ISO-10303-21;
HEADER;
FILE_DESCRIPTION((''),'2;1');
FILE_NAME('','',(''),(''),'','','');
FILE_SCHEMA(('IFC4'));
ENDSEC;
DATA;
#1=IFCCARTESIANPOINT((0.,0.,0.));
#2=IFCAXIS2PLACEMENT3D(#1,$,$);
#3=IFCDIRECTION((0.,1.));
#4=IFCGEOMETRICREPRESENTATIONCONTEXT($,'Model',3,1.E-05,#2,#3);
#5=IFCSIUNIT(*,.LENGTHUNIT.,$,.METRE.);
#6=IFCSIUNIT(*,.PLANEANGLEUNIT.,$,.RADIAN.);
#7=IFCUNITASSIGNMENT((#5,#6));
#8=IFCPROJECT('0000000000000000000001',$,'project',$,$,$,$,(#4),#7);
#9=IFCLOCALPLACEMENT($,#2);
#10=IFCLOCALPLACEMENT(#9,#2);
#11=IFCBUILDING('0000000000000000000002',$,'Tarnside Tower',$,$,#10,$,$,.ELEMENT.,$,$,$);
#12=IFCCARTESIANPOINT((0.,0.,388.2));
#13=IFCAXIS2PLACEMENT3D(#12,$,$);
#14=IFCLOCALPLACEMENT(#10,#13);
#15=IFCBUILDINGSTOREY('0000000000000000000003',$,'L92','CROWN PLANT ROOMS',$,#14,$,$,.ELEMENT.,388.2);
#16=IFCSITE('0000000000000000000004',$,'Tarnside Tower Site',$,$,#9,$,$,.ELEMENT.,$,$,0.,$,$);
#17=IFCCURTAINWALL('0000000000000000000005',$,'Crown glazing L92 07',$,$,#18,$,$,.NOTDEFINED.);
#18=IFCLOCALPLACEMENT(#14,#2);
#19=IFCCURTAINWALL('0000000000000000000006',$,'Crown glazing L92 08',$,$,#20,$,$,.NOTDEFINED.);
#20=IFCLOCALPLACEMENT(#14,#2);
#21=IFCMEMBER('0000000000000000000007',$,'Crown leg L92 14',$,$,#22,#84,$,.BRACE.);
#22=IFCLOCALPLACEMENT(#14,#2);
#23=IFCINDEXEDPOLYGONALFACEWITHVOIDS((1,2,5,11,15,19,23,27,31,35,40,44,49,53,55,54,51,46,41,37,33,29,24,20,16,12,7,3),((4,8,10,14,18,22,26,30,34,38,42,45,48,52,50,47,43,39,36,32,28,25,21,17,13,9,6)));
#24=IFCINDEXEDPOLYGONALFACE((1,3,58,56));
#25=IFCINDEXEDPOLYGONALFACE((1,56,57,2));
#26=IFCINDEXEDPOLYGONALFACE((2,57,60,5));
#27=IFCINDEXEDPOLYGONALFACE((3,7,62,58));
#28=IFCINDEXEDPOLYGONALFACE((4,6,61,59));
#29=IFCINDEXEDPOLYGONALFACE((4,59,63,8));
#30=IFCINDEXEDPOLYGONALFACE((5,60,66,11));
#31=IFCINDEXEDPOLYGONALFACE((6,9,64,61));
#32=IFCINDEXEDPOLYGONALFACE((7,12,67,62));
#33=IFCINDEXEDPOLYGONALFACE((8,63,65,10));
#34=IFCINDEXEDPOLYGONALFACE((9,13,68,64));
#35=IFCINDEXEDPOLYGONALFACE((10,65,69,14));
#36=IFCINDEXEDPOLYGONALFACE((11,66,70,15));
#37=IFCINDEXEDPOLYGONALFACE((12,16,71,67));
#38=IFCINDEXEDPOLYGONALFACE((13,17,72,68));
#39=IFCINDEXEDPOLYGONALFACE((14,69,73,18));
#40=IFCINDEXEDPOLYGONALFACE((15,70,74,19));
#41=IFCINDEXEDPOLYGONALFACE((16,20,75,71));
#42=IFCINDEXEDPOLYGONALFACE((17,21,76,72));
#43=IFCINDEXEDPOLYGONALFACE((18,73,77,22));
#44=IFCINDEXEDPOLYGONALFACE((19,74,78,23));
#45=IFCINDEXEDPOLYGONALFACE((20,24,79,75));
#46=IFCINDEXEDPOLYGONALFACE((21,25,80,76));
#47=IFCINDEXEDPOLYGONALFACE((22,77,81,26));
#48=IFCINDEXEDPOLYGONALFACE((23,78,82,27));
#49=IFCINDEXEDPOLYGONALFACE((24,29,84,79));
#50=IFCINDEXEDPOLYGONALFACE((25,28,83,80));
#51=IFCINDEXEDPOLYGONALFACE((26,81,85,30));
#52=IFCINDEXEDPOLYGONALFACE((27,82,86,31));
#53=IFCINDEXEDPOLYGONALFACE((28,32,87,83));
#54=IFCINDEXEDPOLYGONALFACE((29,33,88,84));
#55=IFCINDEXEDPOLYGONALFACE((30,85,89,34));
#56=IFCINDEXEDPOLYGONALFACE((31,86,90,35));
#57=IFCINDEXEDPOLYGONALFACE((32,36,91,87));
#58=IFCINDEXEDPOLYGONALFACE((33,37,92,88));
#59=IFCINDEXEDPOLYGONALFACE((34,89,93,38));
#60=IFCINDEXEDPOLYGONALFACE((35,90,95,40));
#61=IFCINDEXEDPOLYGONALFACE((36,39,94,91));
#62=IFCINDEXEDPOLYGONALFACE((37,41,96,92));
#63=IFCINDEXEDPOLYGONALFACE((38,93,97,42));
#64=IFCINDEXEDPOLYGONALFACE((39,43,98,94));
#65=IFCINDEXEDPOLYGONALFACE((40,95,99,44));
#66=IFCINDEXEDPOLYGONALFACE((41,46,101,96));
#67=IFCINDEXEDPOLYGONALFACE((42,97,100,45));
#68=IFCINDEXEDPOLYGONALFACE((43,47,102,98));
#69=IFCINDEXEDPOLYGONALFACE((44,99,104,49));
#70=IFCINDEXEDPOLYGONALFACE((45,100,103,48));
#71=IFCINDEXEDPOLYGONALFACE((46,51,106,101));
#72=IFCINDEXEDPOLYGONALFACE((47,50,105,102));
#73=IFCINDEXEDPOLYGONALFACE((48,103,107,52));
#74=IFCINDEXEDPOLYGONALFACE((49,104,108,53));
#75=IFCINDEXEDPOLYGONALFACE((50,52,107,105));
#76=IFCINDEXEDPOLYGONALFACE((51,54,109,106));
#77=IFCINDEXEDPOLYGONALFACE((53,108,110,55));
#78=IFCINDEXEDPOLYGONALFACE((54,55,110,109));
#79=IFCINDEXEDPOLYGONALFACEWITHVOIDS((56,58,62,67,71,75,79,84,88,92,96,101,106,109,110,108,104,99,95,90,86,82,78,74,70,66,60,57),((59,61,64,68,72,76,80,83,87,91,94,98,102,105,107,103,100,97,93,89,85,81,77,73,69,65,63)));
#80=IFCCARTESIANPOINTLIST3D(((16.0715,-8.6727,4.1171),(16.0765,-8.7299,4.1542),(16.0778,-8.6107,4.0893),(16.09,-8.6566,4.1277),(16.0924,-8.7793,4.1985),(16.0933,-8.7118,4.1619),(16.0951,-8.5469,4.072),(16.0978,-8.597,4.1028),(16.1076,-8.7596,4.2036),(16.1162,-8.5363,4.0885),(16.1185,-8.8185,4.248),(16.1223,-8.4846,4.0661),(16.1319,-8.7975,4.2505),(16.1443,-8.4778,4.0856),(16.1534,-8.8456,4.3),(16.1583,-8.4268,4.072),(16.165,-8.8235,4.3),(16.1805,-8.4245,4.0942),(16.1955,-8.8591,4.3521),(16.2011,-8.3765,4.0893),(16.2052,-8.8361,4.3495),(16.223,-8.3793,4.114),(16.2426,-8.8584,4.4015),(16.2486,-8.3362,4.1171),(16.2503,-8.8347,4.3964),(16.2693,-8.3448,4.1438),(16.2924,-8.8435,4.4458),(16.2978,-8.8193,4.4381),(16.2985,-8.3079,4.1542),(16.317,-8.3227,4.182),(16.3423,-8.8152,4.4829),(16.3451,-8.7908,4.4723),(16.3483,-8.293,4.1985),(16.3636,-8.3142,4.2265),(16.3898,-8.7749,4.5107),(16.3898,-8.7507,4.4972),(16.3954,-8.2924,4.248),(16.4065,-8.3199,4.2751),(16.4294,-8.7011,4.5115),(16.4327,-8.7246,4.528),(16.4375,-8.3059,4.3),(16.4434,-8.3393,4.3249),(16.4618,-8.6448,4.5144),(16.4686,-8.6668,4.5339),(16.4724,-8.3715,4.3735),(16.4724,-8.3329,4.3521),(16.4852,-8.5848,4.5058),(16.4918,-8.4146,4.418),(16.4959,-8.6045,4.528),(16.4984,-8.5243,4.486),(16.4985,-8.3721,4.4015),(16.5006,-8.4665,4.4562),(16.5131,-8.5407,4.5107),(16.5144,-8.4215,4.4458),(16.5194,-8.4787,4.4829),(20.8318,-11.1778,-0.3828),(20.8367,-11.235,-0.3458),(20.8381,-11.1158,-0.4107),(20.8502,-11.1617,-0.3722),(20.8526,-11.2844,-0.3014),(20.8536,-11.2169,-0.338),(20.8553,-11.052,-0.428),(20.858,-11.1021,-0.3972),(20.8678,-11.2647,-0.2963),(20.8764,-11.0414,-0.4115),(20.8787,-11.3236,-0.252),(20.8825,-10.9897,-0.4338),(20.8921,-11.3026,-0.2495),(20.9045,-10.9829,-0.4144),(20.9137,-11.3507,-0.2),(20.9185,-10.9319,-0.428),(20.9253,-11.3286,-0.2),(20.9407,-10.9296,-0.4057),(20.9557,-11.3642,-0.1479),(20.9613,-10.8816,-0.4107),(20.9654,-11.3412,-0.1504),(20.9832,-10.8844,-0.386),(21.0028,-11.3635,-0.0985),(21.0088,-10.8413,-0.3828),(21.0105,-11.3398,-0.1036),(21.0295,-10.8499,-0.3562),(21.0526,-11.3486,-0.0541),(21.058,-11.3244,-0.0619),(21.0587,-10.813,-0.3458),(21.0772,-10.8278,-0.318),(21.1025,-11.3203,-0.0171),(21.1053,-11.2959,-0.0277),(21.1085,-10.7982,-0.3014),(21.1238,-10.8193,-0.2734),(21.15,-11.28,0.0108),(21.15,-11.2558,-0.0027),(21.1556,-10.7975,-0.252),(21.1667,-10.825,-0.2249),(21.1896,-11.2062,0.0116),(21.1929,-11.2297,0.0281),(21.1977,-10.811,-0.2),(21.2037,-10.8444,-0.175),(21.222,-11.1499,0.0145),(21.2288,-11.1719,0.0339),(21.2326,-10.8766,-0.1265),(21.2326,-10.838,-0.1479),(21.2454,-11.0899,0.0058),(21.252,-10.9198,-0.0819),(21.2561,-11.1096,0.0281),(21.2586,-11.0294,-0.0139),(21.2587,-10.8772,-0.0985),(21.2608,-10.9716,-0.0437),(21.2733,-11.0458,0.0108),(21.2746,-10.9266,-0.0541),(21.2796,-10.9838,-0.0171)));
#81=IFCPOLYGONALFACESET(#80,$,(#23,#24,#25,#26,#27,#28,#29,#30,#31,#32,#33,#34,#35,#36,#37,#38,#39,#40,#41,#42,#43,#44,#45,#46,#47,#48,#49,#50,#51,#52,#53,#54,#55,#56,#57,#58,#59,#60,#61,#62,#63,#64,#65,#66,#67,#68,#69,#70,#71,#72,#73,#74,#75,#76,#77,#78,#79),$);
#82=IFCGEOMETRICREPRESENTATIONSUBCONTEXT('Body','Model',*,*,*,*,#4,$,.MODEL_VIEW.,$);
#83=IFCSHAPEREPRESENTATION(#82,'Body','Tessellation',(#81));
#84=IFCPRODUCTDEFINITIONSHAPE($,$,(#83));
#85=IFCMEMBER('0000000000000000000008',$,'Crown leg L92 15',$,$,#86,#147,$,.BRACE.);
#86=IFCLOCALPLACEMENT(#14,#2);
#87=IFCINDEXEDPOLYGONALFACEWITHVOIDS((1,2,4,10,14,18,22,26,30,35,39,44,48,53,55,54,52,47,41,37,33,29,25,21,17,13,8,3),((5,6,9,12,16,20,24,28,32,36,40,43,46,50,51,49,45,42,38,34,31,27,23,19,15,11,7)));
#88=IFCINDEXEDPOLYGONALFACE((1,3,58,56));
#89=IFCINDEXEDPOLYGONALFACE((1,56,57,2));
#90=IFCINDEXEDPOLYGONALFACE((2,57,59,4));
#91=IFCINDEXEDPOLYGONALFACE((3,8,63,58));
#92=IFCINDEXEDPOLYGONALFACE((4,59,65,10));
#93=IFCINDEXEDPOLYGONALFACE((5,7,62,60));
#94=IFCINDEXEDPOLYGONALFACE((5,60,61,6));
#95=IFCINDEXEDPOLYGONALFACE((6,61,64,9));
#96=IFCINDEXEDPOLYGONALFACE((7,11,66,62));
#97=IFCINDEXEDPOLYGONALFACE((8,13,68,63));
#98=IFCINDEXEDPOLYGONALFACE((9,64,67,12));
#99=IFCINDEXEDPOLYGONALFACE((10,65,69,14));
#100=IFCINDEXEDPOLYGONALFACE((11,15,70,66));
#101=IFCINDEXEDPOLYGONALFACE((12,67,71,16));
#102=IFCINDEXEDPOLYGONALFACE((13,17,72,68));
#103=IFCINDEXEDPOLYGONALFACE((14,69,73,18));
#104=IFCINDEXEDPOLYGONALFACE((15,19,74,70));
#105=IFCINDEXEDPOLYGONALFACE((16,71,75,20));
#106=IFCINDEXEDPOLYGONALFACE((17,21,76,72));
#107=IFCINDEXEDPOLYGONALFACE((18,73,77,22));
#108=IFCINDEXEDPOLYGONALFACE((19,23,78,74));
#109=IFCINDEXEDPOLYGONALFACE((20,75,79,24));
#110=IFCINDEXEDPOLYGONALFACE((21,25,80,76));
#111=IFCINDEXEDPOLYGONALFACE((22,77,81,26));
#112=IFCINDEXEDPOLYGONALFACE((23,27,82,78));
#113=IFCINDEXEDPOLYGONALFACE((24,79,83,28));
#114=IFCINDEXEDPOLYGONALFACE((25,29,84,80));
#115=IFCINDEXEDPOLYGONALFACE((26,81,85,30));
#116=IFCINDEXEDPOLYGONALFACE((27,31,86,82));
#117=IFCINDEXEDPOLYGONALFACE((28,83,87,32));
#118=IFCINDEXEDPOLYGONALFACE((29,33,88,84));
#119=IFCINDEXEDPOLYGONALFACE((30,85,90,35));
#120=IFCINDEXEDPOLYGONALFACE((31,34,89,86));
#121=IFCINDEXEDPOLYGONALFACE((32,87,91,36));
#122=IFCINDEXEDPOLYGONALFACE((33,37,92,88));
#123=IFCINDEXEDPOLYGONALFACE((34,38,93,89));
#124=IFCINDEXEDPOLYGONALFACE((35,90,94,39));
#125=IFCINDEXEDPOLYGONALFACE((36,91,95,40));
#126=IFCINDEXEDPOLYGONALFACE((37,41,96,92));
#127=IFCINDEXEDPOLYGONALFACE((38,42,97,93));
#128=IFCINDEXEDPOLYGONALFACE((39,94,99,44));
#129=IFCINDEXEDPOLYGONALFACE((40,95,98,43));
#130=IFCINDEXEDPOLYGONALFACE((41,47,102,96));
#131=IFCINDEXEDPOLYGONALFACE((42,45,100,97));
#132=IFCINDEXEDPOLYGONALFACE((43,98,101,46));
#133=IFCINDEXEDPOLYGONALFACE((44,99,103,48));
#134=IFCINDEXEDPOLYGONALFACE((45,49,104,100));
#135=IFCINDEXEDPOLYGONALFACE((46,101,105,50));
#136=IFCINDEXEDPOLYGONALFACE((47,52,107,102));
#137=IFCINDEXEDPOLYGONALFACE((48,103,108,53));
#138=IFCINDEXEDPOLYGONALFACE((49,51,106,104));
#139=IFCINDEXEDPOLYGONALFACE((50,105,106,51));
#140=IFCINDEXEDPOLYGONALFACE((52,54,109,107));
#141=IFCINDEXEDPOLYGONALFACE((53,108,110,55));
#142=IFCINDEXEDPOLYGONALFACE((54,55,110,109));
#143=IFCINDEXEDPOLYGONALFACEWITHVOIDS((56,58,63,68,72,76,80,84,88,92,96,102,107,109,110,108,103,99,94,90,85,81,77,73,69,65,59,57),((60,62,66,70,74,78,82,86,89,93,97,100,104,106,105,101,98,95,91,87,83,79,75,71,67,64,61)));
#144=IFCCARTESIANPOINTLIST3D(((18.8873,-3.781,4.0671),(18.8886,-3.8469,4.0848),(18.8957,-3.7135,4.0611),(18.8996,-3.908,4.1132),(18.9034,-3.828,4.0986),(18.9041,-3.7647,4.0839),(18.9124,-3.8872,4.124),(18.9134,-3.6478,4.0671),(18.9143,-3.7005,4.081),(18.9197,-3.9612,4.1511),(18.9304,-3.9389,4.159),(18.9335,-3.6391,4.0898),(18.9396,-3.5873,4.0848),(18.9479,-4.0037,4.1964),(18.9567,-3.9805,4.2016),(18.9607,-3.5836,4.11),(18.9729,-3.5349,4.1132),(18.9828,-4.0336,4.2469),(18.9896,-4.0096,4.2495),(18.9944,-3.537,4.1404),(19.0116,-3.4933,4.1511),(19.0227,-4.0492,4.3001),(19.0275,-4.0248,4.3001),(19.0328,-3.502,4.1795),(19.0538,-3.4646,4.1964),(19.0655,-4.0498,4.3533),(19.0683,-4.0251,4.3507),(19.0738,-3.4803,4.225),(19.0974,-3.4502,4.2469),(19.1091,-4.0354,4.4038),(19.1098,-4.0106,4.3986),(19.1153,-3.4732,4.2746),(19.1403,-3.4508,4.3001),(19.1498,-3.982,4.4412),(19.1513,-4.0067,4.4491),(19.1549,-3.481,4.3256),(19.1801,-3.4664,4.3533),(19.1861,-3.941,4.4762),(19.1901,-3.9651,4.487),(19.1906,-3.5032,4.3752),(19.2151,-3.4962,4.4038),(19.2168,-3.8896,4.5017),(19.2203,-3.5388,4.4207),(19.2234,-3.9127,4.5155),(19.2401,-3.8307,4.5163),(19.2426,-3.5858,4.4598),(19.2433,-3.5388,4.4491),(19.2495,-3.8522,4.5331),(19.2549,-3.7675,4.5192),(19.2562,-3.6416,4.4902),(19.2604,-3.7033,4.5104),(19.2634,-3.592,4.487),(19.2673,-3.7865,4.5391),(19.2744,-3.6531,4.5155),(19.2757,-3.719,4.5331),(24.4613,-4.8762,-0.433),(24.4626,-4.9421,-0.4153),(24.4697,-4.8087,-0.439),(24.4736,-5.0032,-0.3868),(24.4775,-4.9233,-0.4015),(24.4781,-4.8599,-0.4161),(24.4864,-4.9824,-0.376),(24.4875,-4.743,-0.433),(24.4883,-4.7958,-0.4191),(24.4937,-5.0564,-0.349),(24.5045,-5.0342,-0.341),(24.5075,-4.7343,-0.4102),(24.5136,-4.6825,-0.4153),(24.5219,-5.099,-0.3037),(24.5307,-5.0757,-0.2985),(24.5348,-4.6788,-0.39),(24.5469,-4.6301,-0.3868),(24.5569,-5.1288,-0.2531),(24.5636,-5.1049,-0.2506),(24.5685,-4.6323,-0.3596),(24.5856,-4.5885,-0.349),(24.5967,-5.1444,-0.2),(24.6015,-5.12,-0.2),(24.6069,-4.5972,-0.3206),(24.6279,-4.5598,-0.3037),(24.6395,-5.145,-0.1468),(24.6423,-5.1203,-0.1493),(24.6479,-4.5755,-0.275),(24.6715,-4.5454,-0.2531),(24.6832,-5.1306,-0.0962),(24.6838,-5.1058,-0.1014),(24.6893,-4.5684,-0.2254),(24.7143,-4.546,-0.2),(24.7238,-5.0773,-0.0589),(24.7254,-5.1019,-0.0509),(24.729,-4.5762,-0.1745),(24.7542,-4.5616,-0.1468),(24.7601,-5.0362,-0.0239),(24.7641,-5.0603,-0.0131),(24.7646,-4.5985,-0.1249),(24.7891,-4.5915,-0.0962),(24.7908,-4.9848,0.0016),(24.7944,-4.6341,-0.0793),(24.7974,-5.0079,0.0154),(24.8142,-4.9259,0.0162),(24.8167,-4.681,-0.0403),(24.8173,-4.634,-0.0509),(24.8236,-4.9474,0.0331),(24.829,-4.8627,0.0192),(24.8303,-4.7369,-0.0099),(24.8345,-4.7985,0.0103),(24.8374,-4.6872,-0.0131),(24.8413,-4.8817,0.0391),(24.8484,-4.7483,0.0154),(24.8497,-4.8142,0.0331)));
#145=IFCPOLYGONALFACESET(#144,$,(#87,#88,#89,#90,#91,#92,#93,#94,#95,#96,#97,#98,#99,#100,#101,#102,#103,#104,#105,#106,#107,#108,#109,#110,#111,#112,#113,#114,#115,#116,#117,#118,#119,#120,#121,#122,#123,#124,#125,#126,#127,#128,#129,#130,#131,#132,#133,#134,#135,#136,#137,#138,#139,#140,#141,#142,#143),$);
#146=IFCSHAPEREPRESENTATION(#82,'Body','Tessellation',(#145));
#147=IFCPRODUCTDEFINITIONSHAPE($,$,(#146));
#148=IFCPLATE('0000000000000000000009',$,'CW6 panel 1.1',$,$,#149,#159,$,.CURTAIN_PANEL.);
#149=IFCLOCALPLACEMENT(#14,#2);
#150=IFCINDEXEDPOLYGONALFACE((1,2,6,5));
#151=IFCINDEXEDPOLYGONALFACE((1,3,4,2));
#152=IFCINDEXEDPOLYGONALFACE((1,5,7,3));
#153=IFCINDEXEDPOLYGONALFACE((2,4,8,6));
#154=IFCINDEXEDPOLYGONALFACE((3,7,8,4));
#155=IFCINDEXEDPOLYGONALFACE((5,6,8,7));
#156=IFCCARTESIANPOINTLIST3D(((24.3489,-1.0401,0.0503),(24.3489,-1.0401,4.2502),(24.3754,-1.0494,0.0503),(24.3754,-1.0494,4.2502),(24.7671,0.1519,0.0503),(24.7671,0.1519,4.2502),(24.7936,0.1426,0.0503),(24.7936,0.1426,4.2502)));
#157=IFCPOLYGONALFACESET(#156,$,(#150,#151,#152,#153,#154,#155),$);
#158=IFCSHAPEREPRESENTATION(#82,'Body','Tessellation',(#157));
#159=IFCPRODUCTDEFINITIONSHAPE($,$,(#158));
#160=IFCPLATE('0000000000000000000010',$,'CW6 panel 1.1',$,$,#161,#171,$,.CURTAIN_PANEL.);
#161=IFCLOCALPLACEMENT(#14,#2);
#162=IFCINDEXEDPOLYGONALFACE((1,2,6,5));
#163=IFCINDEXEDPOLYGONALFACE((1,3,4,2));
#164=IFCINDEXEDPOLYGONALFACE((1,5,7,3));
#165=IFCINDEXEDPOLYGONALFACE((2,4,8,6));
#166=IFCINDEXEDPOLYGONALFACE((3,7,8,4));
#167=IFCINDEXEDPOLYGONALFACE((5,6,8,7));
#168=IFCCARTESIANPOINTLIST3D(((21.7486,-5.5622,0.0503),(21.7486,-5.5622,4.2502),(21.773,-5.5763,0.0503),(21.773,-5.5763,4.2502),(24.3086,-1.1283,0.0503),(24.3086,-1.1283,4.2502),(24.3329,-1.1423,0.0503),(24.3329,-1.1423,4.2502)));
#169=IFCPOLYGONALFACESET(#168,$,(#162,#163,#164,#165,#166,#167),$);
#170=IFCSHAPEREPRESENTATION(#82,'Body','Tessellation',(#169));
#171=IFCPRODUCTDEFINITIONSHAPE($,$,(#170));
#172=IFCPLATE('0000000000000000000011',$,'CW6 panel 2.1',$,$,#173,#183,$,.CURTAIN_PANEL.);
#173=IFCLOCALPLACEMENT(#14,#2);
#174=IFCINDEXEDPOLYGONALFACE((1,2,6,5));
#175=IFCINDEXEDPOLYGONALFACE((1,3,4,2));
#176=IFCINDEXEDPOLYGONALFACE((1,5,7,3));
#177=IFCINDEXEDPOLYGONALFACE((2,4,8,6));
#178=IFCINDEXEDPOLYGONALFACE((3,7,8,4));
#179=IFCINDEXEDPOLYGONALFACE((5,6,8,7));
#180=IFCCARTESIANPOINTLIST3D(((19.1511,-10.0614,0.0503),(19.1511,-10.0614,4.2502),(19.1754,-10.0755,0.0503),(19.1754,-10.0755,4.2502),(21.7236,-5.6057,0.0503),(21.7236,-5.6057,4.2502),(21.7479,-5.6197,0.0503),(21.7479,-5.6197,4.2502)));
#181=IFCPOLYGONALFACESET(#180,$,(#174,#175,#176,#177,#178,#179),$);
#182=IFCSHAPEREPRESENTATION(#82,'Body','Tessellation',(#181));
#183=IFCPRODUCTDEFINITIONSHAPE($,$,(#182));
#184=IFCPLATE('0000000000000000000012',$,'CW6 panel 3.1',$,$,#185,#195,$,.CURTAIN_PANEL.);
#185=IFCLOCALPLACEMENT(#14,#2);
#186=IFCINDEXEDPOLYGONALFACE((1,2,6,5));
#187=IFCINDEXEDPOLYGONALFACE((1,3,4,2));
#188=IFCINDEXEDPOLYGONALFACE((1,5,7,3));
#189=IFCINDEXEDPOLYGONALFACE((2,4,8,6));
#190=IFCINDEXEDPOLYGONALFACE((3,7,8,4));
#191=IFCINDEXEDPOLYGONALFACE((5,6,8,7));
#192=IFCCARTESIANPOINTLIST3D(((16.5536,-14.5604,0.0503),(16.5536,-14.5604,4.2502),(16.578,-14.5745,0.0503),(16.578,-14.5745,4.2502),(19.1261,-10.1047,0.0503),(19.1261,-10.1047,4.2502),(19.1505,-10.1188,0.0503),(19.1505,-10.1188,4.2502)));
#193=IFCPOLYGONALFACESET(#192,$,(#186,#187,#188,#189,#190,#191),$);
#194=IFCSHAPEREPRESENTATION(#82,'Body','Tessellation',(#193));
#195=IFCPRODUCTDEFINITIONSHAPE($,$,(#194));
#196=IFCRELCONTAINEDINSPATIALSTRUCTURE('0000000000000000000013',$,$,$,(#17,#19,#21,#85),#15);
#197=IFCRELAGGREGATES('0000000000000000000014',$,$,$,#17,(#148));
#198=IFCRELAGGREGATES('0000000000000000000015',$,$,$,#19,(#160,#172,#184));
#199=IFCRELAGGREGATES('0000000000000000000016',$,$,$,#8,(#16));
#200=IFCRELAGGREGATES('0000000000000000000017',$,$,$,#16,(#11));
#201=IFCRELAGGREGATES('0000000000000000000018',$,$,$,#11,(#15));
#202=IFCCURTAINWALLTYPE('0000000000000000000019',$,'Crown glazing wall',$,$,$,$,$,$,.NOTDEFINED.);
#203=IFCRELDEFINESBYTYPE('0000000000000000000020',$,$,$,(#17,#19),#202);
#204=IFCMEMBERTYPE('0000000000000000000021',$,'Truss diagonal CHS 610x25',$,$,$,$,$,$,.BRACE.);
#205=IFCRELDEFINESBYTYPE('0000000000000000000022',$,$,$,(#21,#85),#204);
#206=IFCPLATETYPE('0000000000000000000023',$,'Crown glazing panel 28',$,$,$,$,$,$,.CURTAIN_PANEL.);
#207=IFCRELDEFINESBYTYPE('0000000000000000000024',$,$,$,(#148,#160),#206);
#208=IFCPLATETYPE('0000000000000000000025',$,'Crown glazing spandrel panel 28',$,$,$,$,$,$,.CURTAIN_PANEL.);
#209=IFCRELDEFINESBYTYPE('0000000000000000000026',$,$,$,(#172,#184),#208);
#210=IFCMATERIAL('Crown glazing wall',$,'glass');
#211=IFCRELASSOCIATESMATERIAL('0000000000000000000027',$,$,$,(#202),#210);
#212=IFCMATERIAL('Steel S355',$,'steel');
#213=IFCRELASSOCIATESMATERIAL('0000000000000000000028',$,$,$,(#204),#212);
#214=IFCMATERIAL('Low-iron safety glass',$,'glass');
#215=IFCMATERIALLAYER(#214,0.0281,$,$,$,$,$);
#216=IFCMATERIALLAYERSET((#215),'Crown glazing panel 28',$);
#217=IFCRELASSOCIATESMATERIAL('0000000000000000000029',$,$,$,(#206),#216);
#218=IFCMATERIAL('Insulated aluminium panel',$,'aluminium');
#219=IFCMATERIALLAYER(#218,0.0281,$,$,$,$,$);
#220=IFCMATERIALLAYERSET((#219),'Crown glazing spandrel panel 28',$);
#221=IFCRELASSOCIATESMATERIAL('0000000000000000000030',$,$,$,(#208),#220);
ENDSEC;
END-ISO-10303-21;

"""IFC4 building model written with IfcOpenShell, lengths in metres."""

from ifc_helpers import new_model, si_unit, direction, frame, origin, origin_2d, place, context, subcontext, project, spatial, rectangle, hollow_circle, extrude, material, layer, layer_set, material_profile, profile_set, type_object, element, aggregate, save


model = new_model("IFC4")

# Units and contexts
model_context = context("Model", 3, precision=1e-05, world=origin(), true_north=direction((0.0, 1.0)))
body_context = subcontext(model_context, "Body", "Model", "MODEL_VIEW")
ifc_project = project(units=[si_unit("LENGTHUNIT", "METRE"), si_unit("PLANEANGLEUNIT", "RADIAN")], contexts=[model_context])

# Site, building, storey
site_placement = place(None, origin())
site = spatial("IfcSite", under=ifc_project, at=site_placement, Name="Tarnside Tower Site", CompositionType="ELEMENT", RefElevation=0.0)
building_placement = place(site_placement, origin())
building = spatial("IfcBuilding", under=site, at=building_placement, Name="Tarnside Tower", CompositionType="ELEMENT")
storey_placement = place(building_placement, frame((0.0, 0.0, 388.2)))
storey = spatial("IfcBuildingStorey", under=building, at=storey_placement, Name="L92", Description="CROWN PLANT ROOMS", CompositionType="ELEMENT", Elevation=388.2)

# Curtain wall
ifc_material_1 = material(Name="Crown glazing wall", Category="glass")
curtain_wall_type = type_object("IfcCurtainWallType", Name="Crown glazing wall", PredefinedType="NOTDEFINED", material=ifc_material_1)
curtain_wall_1_placement = place(storey_placement, origin())
curtain_wall_1 = element("IfcCurtainWall", 1, at=curtain_wall_1_placement, inside=storey, type_object=curtain_wall_type, Name="Crown glazing L92 07", PredefinedType="NOTDEFINED")

# Curtain wall
curtain_wall_2_placement = place(storey_placement, origin())
curtain_wall_2 = element("IfcCurtainWall", 2, at=curtain_wall_2_placement, inside=storey, type_object=curtain_wall_type, Name="Crown glazing L92 08", PredefinedType="NOTDEFINED")

# Shared definitions
ifc_material_2 = material(Name="Steel S355", Category="steel")

# Members
ifc_material_profile_1 = material_profile(ifc_material_2, hollow_circle(Radius=0.3049, WallThickness=0.0249, at=origin_2d()), Name="CHS 610x25")
ifc_profile_set_1 = profile_set([ifc_material_profile_1], Name="Steel S355")
member_type_1 = type_object("IfcMemberType", Name="Truss diagonal CHS 610x25", PredefinedType="BRACE", material=ifc_profile_set_1)
member_1_placement = place(storey_placement, frame((21.0557, -11.0808, -0.2), z_axis=(-0.678751, 0.357199, 0.641643), x_axis=(-0.465707, -0.884939, 0.0)))
element("IfcMember", 3, at=member_1_placement, inside=storey, type_object=member_type_1, Name="Crown leg L92 14", PredefinedType="BRACE", context=body_context, shape_type="SweptSolid", body=[
    extrude(hollow_circle(Radius=0.3049, WallThickness=0.0249, at=origin_2d()), origin(), (0.0, 0.0, 1.0), 7.0132),
])
member_2_placement = place(storey_placement, frame((24.6555, -4.8452, -0.2), z_axis=(-0.769145, 0.151127, 0.620948), x_axis=(-0.192801, -0.981238, 0.0)))
element("IfcMember", 4, at=member_2_placement, inside=storey, type_object=member_type_1, Name="Crown leg L92 15", PredefinedType="BRACE", context=body_context, shape_type="SweptSolid", body=[
    extrude(hollow_circle(Radius=0.3049, WallThickness=0.0249, at=origin_2d()), origin(), (0.0, 0.0, 1.0), 7.2471),
])

# Plates
ifc_material_3 = material(Name="Low-iron safety glass", Category="glass")
ifc_layer_1 = layer(ifc_material_3, 0.0281)
ifc_layer_set_1 = layer_set([ifc_layer_1], Name="Crown glazing panel 28")
plate_type_1 = type_object("IfcPlateType", Name="Crown glazing panel 28", PredefinedType="CURTAIN_PANEL", material=ifc_layer_set_1)
plate_1_placement = place(storey_placement, frame((24.5713, -0.4487, 0.0503), z_axis=(0.0, 0.0, 1.0), x_axis=(-0.331063, -0.943609, 0.0)))
plate_1 = element("IfcPlate", 5, at=plate_1_placement, type_object=plate_type_1, Name="CW6 panel 1.1", PredefinedType="CURTAIN_PANEL", context=body_context, shape_type="SweptSolid", body=[
    extrude(rectangle(XDim=1.2632, YDim=0.0281, at=origin_2d()), origin(), (0.0, 0.0, 1.0), 4.2),
])
aggregate(curtain_wall_1, [plate_1])
plate_2_placement = place(storey_placement, frame((23.0408, -3.3523, 0.0503), z_axis=(0.0, 0.0, 1.0), x_axis=(-0.5, -0.866025, 0.0)))
plate_2 = element("IfcPlate", 6, at=plate_2_placement, type_object=plate_type_1, Name="CW6 panel 1.1", PredefinedType="CURTAIN_PANEL", context=body_context, shape_type="SweptSolid", body=[
    extrude(rectangle(XDim=5.1199, YDim=0.0281, at=origin_2d()), origin(), (0.0, 0.0, 1.0), 4.2),
])
ifc_material_4 = material(Name="Insulated aluminium panel", Category="aluminium")
ifc_layer_2 = layer(ifc_material_4, 0.0281)
ifc_layer_set_2 = layer_set([ifc_layer_2], Name="Crown glazing spandrel panel 28")
plate_type_2 = type_object("IfcPlateType", Name="Crown glazing spandrel panel 28", PredefinedType="CURTAIN_PANEL", material=ifc_layer_set_2)
plate_3_placement = place(storey_placement, frame((20.4495, -7.8406, 0.0503), z_axis=(0.0, 0.0, 1.0), x_axis=(-0.5, -0.866025, 0.0)))
plate_3 = element("IfcPlate", 7, at=plate_3_placement, type_object=plate_type_2, Name="CW6 panel 2.1", PredefinedType="CURTAIN_PANEL", context=body_context, shape_type="SweptSolid", body=[
    extrude(rectangle(XDim=5.145, YDim=0.0281, at=origin_2d()), origin(), (0.0, 0.0, 1.0), 4.2),
])
plate_4_placement = place(storey_placement, frame((17.8521, -12.3396, 0.0503), z_axis=(0.0, 0.0, 1.0), x_axis=(-0.5, -0.866025, 0.0)))
plate_4 = element("IfcPlate", 8, at=plate_4_placement, type_object=plate_type_2, Name="CW6 panel 3.1", PredefinedType="CURTAIN_PANEL", context=body_context, shape_type="SweptSolid", body=[
    extrude(rectangle(XDim=5.145, YDim=0.0281, at=origin_2d()), origin(), (0.0, 0.0, 1.0), 4.2),
])
aggregate(curtain_wall_2, [plate_2, plate_3, plate_4])

save(model, "model.ifc")
